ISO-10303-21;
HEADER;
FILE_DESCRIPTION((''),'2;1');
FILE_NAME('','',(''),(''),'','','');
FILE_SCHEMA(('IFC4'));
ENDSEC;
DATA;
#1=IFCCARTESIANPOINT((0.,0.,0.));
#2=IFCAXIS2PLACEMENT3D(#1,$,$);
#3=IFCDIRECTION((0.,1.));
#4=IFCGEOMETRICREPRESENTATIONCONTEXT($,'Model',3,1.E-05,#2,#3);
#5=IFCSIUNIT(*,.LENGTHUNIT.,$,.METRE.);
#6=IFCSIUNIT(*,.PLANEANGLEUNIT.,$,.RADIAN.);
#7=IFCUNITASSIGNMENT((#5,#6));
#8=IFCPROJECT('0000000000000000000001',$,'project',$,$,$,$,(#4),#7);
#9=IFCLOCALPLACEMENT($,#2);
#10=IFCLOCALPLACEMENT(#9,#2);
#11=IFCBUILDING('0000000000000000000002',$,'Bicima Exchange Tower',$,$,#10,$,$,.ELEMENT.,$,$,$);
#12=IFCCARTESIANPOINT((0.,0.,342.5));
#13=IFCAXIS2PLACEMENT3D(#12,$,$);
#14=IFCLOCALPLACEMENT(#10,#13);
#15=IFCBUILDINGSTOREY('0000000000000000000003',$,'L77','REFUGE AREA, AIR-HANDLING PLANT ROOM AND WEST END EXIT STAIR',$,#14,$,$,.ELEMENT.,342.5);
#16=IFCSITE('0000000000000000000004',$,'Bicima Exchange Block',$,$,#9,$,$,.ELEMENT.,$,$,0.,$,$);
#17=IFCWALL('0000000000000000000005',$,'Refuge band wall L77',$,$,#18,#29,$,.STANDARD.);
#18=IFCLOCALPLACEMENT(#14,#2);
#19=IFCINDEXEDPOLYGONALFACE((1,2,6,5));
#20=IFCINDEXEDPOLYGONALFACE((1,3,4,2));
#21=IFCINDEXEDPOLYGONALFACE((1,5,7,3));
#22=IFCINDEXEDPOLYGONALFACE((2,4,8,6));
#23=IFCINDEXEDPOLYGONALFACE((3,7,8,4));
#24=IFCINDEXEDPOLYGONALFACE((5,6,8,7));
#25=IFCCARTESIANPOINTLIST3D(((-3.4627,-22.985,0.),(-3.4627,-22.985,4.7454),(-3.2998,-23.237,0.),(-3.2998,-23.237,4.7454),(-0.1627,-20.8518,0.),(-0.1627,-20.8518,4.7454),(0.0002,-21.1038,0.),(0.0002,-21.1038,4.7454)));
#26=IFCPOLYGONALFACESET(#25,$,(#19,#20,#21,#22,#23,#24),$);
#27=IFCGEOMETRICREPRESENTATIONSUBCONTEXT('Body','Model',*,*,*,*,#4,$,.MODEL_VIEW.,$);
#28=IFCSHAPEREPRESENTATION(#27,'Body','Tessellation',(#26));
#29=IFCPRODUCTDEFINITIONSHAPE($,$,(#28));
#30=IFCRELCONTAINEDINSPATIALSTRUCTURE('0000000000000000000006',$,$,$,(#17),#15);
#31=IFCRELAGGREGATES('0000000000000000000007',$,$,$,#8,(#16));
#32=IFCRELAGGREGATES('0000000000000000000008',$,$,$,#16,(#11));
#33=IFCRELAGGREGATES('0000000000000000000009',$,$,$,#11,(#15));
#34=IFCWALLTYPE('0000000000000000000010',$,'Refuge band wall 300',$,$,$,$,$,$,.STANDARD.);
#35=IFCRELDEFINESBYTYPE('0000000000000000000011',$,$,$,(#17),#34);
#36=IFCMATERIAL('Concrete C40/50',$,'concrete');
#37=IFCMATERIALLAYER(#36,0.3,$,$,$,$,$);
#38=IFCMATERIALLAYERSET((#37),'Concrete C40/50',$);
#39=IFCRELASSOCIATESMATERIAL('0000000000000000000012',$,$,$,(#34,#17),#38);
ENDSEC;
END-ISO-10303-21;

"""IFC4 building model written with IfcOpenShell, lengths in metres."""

from ifc_helpers import new_model, si_unit, direction, frame, frame_2d, origin, place, context, subcontext, project, spatial, rectangle, extrude, material, layer, layer_set, layer_usage, type_object, element, save


model = new_model("IFC4")

# Units and contexts
model_context = context("Model", 3, precision=1e-05, world=origin(), true_north=direction((0.0, 1.0)))
body_context = subcontext(model_context, "Body", "Model", "MODEL_VIEW")
ifc_project = project(units=[si_unit("LENGTHUNIT", "METRE"), si_unit("PLANEANGLEUNIT", "RADIAN")], contexts=[model_context])

# Site, building, storey
site_placement = place(None, origin())
site = spatial("IfcSite", under=ifc_project, at=site_placement, Name="Bicima Exchange Block", CompositionType="ELEMENT", RefElevation=0.0)
building_placement = place(site_placement, origin())
building = spatial("IfcBuilding", under=site, at=building_placement, Name="Bicima Exchange Tower", CompositionType="ELEMENT")
storey_placement = place(building_placement, frame((0.0, 0.0, 342.5)))
storey = spatial("IfcBuildingStorey", under=building, at=storey_placement, Name="L77", Description="REFUGE AREA, AIR-HANDLING PLANT ROOM AND WEST END EXIT STAIR", CompositionType="ELEMENT", Elevation=342.5)

# Wall
ifc_material_1 = material(Name="Concrete C40/50", Category="concrete")
ifc_layer_1 = layer(ifc_material_1, 0.3)
ifc_layer_set_1 = layer_set([ifc_layer_1], Name="Concrete C40/50")
ifc_layer_usage = layer_usage(ifc_layer_set_1, "AXIS2", "POSITIVE", -0.15)
wall_type_1 = type_object("IfcWallType", Name="Refuge band wall 300", PredefinedType="STANDARD", material=ifc_layer_set_1)
wall_1_placement = place(storey_placement, frame((-3.3813, -23.1111, 0.0), z_axis=(0.0, 0.0, 1.0), x_axis=(0.839805, 0.542888, 0.0)))
element("IfcWall", 1, at=wall_1_placement, inside=storey, type_object=wall_type_1, material=ifc_layer_usage, Name="Refuge band wall L77", PredefinedType="STANDARD", context=body_context, shape_type="SweptSolid", body=[
    extrude(rectangle(XDim=3.9294, YDim=0.3, at=frame_2d((1.9648, 0.0))), origin(), (0.0, 0.0, 1.0), 4.7454),
])

save(model, "model.ifc")
